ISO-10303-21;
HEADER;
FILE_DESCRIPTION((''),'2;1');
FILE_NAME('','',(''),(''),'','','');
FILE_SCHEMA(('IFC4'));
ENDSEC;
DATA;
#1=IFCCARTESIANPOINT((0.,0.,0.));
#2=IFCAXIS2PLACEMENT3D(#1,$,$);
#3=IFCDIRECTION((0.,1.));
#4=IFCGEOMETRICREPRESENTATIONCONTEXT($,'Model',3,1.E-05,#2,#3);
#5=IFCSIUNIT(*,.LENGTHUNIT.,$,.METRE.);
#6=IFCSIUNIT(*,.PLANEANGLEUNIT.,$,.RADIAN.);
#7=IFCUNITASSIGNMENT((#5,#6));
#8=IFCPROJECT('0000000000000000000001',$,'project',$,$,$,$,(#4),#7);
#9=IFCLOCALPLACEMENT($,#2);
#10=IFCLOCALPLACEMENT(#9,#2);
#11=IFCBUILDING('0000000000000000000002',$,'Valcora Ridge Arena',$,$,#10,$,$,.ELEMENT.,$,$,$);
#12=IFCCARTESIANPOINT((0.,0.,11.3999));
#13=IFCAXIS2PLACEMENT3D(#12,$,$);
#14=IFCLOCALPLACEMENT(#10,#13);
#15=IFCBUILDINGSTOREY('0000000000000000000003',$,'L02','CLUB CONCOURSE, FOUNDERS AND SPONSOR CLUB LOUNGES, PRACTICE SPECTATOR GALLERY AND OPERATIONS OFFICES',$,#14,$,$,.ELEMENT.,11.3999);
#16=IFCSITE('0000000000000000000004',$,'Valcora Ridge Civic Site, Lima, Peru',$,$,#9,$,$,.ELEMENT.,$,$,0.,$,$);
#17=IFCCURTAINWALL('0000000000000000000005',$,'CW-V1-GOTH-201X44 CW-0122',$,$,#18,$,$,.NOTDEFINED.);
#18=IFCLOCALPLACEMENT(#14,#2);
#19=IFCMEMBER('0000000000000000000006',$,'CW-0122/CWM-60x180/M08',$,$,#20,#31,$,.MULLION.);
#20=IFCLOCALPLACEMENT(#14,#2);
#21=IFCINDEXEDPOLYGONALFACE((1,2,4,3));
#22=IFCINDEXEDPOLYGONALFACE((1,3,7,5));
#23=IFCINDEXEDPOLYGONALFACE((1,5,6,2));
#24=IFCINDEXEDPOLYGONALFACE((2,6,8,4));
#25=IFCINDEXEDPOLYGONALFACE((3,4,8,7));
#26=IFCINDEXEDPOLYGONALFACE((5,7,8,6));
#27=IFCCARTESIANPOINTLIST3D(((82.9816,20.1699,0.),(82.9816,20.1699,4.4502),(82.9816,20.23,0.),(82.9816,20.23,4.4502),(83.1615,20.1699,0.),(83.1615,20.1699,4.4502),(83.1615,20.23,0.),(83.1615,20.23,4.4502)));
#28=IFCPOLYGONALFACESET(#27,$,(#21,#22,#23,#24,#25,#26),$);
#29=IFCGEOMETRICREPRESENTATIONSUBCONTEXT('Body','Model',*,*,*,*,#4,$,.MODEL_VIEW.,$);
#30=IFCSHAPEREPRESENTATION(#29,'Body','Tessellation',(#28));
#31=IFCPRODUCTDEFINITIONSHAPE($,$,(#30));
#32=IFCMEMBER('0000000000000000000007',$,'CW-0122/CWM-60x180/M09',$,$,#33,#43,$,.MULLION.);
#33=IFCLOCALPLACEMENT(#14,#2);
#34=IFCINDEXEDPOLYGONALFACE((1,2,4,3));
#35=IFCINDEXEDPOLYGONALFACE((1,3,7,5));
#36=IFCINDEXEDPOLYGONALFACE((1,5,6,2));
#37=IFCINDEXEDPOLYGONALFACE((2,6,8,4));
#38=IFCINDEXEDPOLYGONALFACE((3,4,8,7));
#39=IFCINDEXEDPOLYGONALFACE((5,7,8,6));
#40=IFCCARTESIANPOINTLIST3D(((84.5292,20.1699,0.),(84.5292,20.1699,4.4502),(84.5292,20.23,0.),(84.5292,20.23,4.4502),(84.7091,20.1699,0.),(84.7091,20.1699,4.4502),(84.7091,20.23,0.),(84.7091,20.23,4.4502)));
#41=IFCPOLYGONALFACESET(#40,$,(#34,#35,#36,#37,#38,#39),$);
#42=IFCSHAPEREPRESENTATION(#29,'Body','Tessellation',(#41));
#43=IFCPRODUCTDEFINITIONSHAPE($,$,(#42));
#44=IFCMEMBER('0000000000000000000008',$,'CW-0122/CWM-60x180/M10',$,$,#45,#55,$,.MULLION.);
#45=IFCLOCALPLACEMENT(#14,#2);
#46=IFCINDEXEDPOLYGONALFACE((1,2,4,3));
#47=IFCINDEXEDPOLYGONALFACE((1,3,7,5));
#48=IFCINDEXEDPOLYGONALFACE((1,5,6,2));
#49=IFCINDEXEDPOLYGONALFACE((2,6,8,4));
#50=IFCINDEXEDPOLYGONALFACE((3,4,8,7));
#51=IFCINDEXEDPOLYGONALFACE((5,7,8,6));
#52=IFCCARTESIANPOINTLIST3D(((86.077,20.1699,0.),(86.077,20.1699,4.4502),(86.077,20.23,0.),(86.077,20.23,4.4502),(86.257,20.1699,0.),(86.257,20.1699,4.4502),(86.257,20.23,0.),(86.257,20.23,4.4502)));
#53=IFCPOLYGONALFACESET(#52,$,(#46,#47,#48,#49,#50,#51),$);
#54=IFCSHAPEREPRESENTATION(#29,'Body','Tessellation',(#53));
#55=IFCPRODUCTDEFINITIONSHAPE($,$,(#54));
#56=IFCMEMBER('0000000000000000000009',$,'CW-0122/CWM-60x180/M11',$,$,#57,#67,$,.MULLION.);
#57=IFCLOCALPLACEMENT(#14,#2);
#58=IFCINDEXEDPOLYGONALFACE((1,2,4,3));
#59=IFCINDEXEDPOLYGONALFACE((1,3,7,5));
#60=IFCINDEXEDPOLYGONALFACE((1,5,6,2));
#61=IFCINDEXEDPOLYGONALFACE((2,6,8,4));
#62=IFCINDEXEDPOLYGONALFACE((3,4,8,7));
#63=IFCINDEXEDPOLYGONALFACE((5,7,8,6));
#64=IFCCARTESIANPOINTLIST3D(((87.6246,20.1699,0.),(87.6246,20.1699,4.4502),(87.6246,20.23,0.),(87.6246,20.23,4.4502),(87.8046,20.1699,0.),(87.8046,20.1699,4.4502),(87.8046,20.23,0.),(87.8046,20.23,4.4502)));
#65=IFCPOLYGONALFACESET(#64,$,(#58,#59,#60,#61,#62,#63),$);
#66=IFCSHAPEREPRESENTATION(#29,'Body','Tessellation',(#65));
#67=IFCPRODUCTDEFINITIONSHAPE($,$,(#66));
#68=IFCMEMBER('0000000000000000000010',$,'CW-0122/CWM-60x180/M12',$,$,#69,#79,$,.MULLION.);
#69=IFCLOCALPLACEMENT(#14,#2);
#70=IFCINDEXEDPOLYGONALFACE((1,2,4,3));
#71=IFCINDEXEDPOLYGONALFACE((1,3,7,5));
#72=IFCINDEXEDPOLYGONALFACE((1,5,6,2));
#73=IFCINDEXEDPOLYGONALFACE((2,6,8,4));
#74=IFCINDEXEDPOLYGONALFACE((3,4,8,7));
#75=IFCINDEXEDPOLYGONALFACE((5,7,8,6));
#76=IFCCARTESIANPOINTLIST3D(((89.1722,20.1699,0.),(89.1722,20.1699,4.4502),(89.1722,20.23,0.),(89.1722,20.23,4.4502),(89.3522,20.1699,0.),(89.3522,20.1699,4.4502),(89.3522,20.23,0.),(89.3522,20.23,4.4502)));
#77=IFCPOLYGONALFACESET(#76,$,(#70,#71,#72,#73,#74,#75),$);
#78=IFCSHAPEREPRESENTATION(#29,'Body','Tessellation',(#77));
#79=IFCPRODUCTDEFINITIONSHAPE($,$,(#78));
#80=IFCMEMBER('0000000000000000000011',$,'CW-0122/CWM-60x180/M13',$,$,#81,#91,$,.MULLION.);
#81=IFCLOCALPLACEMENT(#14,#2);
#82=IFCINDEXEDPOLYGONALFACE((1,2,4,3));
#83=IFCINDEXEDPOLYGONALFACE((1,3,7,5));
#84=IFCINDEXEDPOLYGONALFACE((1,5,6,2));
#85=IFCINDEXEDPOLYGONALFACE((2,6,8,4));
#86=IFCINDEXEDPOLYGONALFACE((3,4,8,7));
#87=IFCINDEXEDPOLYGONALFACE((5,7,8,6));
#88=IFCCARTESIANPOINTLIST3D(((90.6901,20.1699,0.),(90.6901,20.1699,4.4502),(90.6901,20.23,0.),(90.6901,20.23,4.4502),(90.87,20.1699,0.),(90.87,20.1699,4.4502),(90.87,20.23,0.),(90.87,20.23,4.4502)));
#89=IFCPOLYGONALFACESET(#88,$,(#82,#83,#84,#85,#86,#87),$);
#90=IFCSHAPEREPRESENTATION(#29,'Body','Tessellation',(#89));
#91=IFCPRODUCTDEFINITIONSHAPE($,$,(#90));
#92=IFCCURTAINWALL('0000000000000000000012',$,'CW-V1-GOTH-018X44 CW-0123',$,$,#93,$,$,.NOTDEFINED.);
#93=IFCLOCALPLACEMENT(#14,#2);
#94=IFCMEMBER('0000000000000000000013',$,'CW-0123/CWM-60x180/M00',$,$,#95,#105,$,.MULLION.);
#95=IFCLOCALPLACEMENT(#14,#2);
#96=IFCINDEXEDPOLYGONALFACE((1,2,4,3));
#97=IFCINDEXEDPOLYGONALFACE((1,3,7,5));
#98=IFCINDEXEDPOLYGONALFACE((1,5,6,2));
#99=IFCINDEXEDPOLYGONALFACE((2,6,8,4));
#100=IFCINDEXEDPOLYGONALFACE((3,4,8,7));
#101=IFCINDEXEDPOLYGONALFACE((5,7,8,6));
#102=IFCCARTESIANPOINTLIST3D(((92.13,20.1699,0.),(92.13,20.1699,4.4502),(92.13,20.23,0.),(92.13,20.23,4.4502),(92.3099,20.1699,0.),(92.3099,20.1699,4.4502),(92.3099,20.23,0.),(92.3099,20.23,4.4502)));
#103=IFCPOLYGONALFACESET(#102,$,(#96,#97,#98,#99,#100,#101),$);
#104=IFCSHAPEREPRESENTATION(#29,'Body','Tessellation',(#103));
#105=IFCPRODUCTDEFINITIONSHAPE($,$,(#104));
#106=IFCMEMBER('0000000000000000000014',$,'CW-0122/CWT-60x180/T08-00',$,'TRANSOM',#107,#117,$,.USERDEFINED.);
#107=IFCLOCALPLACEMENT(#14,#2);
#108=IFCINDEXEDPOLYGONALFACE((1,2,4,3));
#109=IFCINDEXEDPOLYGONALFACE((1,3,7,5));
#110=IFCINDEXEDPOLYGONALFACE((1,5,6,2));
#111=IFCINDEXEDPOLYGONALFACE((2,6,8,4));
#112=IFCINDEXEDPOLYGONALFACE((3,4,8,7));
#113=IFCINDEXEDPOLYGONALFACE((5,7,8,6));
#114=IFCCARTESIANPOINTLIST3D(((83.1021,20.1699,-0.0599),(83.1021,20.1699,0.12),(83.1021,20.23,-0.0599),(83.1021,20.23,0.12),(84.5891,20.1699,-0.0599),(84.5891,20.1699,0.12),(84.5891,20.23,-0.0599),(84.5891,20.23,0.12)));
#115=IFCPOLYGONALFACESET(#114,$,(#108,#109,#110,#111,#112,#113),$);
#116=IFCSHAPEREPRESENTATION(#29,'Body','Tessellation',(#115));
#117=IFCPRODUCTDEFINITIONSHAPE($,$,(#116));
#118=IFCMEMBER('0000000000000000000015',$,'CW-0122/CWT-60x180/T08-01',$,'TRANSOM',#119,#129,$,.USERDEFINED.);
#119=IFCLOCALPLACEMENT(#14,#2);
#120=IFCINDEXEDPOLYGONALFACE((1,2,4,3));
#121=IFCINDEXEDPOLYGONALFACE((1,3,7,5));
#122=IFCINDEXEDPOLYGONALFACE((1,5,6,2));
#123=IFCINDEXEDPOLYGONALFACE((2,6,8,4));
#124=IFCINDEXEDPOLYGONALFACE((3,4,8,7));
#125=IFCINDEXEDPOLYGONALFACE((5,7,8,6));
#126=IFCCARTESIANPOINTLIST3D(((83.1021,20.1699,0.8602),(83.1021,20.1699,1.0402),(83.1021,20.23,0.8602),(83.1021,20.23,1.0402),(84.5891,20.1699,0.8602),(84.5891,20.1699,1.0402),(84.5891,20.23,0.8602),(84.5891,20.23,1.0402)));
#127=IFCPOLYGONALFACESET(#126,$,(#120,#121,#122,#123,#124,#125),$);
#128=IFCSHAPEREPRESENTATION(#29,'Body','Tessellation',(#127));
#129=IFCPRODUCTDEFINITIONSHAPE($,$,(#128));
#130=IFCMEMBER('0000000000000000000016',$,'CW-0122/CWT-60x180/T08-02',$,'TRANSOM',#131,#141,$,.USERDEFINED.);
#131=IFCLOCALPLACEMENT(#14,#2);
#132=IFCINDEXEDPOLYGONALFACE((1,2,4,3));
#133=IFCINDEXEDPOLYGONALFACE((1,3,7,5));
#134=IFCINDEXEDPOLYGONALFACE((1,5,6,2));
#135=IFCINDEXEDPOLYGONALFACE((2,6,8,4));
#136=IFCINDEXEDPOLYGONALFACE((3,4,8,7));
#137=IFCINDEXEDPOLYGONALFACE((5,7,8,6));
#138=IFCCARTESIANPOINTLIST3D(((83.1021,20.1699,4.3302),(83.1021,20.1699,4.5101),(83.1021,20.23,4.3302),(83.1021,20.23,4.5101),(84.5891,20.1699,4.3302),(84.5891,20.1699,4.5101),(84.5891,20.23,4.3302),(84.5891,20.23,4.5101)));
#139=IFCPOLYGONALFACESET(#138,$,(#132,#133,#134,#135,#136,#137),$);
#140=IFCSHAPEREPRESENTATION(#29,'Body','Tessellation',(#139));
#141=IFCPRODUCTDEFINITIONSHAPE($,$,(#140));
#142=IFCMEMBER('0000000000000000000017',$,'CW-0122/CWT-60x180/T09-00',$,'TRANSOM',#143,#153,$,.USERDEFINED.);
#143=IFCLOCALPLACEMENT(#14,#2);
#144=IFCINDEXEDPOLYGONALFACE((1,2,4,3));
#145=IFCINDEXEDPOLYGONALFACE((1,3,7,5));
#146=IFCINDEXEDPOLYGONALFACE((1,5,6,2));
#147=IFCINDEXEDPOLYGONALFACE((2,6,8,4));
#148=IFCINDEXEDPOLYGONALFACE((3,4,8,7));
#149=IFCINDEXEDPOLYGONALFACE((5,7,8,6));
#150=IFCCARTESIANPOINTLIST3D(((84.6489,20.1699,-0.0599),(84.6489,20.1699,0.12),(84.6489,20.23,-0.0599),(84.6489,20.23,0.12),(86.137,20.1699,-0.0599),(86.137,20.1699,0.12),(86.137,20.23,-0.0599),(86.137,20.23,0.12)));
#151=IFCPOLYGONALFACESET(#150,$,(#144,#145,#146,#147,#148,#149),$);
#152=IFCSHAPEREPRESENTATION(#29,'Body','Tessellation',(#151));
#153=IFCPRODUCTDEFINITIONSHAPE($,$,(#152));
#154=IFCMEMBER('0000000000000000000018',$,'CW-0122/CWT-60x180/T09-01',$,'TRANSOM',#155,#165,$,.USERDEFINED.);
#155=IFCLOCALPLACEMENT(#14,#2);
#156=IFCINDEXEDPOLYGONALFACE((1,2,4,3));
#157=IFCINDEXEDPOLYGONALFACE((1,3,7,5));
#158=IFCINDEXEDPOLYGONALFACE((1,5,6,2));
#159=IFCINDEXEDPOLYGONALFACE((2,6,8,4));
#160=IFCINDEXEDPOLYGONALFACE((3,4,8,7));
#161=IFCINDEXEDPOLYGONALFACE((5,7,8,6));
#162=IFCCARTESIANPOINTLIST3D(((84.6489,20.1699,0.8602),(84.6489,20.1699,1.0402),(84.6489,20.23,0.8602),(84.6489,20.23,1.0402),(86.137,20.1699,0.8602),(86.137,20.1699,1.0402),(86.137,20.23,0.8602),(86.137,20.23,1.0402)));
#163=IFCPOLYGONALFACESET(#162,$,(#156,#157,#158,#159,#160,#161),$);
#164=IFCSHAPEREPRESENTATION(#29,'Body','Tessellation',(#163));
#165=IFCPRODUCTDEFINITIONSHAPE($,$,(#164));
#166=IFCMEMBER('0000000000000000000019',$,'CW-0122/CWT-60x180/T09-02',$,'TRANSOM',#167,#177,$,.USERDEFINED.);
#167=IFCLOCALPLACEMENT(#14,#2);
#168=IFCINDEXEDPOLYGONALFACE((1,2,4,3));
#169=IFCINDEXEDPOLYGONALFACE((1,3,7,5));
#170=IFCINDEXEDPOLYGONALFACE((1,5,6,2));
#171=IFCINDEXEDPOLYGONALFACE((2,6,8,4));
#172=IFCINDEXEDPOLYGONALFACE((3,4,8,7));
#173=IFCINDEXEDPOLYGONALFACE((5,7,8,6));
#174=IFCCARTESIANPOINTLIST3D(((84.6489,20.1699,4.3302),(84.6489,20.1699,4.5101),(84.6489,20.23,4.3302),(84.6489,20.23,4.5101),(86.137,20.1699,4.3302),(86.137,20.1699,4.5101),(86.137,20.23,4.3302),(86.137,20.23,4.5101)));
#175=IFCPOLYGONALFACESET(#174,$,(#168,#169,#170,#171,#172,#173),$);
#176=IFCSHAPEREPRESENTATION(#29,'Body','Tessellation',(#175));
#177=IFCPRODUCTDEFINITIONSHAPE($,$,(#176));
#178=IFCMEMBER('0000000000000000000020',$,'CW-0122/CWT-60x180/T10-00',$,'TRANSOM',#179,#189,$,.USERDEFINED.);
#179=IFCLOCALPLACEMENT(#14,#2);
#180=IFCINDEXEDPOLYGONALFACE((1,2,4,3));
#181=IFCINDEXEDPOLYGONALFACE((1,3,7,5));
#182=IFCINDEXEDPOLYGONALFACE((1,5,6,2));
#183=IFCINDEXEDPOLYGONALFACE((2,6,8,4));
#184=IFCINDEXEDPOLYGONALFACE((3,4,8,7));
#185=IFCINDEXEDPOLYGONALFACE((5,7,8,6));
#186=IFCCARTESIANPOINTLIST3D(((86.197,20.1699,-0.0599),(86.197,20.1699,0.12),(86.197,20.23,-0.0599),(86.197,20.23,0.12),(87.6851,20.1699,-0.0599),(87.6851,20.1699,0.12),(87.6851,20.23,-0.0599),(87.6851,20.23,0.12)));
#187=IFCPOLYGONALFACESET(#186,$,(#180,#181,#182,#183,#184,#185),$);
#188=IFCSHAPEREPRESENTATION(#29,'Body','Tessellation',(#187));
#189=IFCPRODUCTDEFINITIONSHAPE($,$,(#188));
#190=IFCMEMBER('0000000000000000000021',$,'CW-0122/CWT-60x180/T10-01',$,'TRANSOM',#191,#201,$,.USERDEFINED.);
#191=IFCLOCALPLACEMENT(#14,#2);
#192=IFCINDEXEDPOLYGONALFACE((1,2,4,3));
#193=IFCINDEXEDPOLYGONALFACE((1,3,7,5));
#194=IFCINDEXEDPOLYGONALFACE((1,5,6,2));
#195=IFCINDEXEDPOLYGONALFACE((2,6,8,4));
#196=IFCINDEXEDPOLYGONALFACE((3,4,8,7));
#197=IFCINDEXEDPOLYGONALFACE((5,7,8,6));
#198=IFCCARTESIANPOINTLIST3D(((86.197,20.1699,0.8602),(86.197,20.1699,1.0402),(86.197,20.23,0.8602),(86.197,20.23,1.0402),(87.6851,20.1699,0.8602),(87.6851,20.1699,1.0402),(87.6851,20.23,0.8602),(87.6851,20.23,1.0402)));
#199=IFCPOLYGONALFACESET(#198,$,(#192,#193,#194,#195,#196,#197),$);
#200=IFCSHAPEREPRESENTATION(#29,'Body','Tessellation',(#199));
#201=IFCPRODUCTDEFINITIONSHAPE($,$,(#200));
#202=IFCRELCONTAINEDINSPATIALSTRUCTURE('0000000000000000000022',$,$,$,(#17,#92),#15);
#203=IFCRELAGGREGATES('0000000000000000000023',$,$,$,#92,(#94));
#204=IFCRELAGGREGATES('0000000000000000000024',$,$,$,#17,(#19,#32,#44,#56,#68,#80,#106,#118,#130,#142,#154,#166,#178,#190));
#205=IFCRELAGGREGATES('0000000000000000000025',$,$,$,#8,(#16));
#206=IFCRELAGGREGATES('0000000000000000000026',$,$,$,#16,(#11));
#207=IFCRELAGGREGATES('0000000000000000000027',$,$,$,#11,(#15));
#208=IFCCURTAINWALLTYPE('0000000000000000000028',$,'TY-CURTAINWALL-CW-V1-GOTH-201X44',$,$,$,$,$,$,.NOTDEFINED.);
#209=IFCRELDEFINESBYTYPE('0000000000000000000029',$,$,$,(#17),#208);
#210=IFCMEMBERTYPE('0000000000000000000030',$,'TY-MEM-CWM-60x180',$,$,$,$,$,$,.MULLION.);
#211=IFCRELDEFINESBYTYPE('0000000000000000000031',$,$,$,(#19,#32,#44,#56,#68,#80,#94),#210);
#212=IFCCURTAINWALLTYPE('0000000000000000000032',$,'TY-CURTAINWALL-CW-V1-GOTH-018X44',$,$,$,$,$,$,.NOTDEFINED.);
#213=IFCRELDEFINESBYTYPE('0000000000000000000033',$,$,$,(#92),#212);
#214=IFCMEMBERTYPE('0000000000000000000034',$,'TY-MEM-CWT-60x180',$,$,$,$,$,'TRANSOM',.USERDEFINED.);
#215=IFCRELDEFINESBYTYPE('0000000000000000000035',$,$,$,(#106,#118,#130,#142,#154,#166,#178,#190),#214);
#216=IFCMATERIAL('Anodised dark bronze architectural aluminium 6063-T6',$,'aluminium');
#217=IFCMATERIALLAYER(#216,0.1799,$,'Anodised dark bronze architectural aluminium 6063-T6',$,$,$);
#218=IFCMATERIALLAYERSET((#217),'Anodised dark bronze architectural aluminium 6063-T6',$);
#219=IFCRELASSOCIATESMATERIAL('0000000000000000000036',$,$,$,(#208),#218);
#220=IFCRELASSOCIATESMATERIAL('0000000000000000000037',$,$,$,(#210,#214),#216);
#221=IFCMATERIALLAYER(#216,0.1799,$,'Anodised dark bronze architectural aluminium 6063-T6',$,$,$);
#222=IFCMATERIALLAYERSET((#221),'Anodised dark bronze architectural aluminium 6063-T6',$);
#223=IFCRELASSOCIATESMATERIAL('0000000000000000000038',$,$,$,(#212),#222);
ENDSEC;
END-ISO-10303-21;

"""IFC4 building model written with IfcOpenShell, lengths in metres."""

from ifc_helpers import new_model, si_unit, direction, frame, origin, origin_2d, place, context, subcontext, project, spatial, rectangle, extrude, material, layer, layer_set, material_profile, profile_set, type_object, element, aggregate, save


model = new_model("IFC4")

# Units and contexts
model_context = context("Model", 3, precision=1e-05, world=origin(), true_north=direction((0.0, 1.0)))
body_context = subcontext(model_context, "Body", "Model", "MODEL_VIEW")
ifc_project = project(units=[si_unit("LENGTHUNIT", "METRE"), si_unit("PLANEANGLEUNIT", "RADIAN")], contexts=[model_context])

# Site, building, storey
site_placement = place(None, origin())
site = spatial("IfcSite", under=ifc_project, at=site_placement, Name="Valcora Ridge Civic Site, Lima, Peru", CompositionType="ELEMENT", RefElevation=0.0)
building_placement = place(site_placement, origin())
building = spatial("IfcBuilding", under=site, at=building_placement, Name="Valcora Ridge Arena", CompositionType="ELEMENT")
storey_placement = place(building_placement, frame((0.0, 0.0, 11.3999)))
storey = spatial("IfcBuildingStorey", under=building, at=storey_placement, Name="L02", Description="CLUB CONCOURSE, FOUNDERS AND SPONSOR CLUB LOUNGES, PRACTICE SPECTATOR GALLERY AND OPERATIONS OFFICES", CompositionType="ELEMENT", Elevation=11.3999)

# Curtain wall, members
ifc_material_1 = material(Name="Anodised dark bronze architectural aluminium 6063-T6", Category="aluminium")
ifc_layer_1 = layer(ifc_material_1, 0.1799, Name="Anodised dark bronze architectural aluminium 6063-T6")
ifc_layer_set_1 = layer_set([ifc_layer_1], Name="Anodised dark bronze architectural aluminium 6063-T6")
curtain_wall_type_1 = type_object("IfcCurtainWallType", Name="TY-CURTAINWALL-CW-V1-GOTH-201X44", PredefinedType="NOTDEFINED", material=ifc_layer_set_1)
curtain_wall_1_placement = place(storey_placement, origin())
curtain_wall_1 = element("IfcCurtainWall", 1, at=curtain_wall_1_placement, inside=storey, type_object=curtain_wall_type_1, Name="CW-V1-GOTH-201X44 CW-0122", PredefinedType="NOTDEFINED")
ifc_material_profile_1 = material_profile(ifc_material_1, rectangle(XDim=0.0601, YDim=0.1799, at=origin_2d()), Name="ALU MULLION 60x180")
ifc_profile_set_1 = profile_set([ifc_material_profile_1], Name="Anodised dark bronze architectural aluminium 6063-T6")
member_type_1 = type_object("IfcMemberType", Name="TY-MEM-CWM-60x180", PredefinedType="MULLION", material=ifc_profile_set_1)
member_1_placement = place(storey_placement, frame((83.0715, 20.2, 0.0), z_axis=(0.0, 0.0, 1.0), x_axis=(0.0, 1.0, 0.0)))
member_1 = element("IfcMember", 2, at=member_1_placement, type_object=member_type_1, Name="CW-0122/CWM-60x180/M08", PredefinedType="MULLION", context=body_context, shape_type="SweptSolid", body=[
    extrude(rectangle(XDim=0.0601, YDim=0.1799, at=origin_2d()), origin(), (0.0, 0.0, 1.0), 4.4502),
])
member_2_placement = place(storey_placement, frame((84.6191, 20.2, 0.0), z_axis=(0.0, 0.0, 1.0), x_axis=(0.0, 1.0, 0.0)))
member_2 = element("IfcMember", 3, at=member_2_placement, type_object=member_type_1, Name="CW-0122/CWM-60x180/M09", PredefinedType="MULLION", context=body_context, shape_type="SweptSolid", body=[
    extrude(rectangle(XDim=0.0601, YDim=0.1799, at=origin_2d()), origin(), (0.0, 0.0, 1.0), 4.4502),
])
member_3_placement = place(storey_placement, frame((86.167, 20.2, 0.0), z_axis=(0.0, 0.0, 1.0), x_axis=(0.0, 1.0, 0.0)))
member_3 = element("IfcMember", 4, at=member_3_placement, type_object=member_type_1, Name="CW-0122/CWM-60x180/M10", PredefinedType="MULLION", context=body_context, shape_type="SweptSolid", body=[
    extrude(rectangle(XDim=0.0601, YDim=0.1799, at=origin_2d()), origin(), (0.0, 0.0, 1.0), 4.4502),
])
member_4_placement = place(storey_placement, frame((87.7146, 20.2, 0.0), z_axis=(0.0, 0.0, 1.0), x_axis=(0.0, 1.0, 0.0)))
member_4 = element("IfcMember", 5, at=member_4_placement, type_object=member_type_1, Name="CW-0122/CWM-60x180/M11", PredefinedType="MULLION", context=body_context, shape_type="SweptSolid", body=[
    extrude(rectangle(XDim=0.0601, YDim=0.1799, at=origin_2d()), origin(), (0.0, 0.0, 1.0), 4.4502),
])
member_5_placement = place(storey_placement, frame((89.2622, 20.2, 0.0), z_axis=(0.0, 0.0, 1.0), x_axis=(0.0, 1.0, 0.0)))
member_5 = element("IfcMember", 6, at=member_5_placement, type_object=member_type_1, Name="CW-0122/CWM-60x180/M12", PredefinedType="MULLION", context=body_context, shape_type="SweptSolid", body=[
    extrude(rectangle(XDim=0.0601, YDim=0.1799, at=origin_2d()), origin(), (0.0, 0.0, 1.0), 4.4502),
])
member_6_placement = place(storey_placement, frame((90.78, 20.2, 0.0), z_axis=(0.0, 0.0, 1.0), x_axis=(0.0, 1.0, 0.0)))
member_6 = element("IfcMember", 7, at=member_6_placement, type_object=member_type_1, Name="CW-0122/CWM-60x180/M13", PredefinedType="MULLION", context=body_context, shape_type="SweptSolid", body=[
    extrude(rectangle(XDim=0.0601, YDim=0.1799, at=origin_2d()), origin(), (0.0, 0.0, 1.0), 4.4502),
])

# Curtain wall, member
ifc_layer_2 = layer(ifc_material_1, 0.1799, Name="Anodised dark bronze architectural aluminium 6063-T6")
ifc_layer_set_2 = layer_set([ifc_layer_2], Name="Anodised dark bronze architectural aluminium 6063-T6")
curtain_wall_type_2 = type_object("IfcCurtainWallType", Name="TY-CURTAINWALL-CW-V1-GOTH-018X44", PredefinedType="NOTDEFINED", material=ifc_layer_set_2)
curtain_wall_2_placement = place(storey_placement, origin())
curtain_wall_2 = element("IfcCurtainWall", 8, at=curtain_wall_2_placement, inside=storey, type_object=curtain_wall_type_2, Name="CW-V1-GOTH-018X44 CW-0123", PredefinedType="NOTDEFINED")
member_7_placement = place(storey_placement, frame((92.22, 20.2, 0.0), z_axis=(0.0, 0.0, 1.0), x_axis=(0.0, 1.0, 0.0)))
member_7 = element("IfcMember", 9, at=member_7_placement, type_object=member_type_1, Name="CW-0123/CWM-60x180/M00", PredefinedType="MULLION", context=body_context, shape_type="SweptSolid", body=[
    extrude(rectangle(XDim=0.0601, YDim=0.1799, at=origin_2d()), origin(), (0.0, 0.0, 1.0), 4.4502),
])

# Members
ifc_material_profile_2 = material_profile(ifc_material_1, rectangle(XDim=0.0601, YDim=0.1799, at=origin_2d()), Name="ALU TRANSOM 60x180")
ifc_profile_set_2 = profile_set([ifc_material_profile_2], Name="Anodised dark bronze architectural aluminium 6063-T6")
member_type_2 = type_object("IfcMemberType", Name="TY-MEM-CWT-60x180", ElementType="TRANSOM", PredefinedType="USERDEFINED", material=ifc_profile_set_2)
member_8_placement = place(storey_placement, frame((83.1021, 20.2, 0.03), z_axis=(1.0, 0.0, 0.0), x_axis=(0.0, 1.0, 0.0)))
member_8 = element("IfcMember", 10, at=member_8_placement, type_object=member_type_2, Name="CW-0122/CWT-60x180/T08-00", ObjectType="TRANSOM", PredefinedType="USERDEFINED", context=body_context, shape_type="SweptSolid", body=[
    extrude(rectangle(XDim=0.0601, YDim=0.1799, at=origin_2d()), origin(), (0.0, 0.0, 1.0), 1.4871),
])
member_9_placement = place(storey_placement, frame((83.1021, 20.2, 0.9502), z_axis=(1.0, 0.0, 0.0), x_axis=(0.0, 1.0, 0.0)))
member_9 = element("IfcMember", 11, at=member_9_placement, type_object=member_type_2, Name="CW-0122/CWT-60x180/T08-01", ObjectType="TRANSOM", PredefinedType="USERDEFINED", context=body_context, shape_type="SweptSolid", body=[
    extrude(rectangle(XDim=0.0601, YDim=0.1799, at=origin_2d()), origin(), (0.0, 0.0, 1.0), 1.4871),
])
member_10_placement = place(storey_placement, frame((83.1021, 20.2, 4.4202), z_axis=(1.0, 0.0, 0.0), x_axis=(0.0, 1.0, 0.0)))
member_10 = element("IfcMember", 12, at=member_10_placement, type_object=member_type_2, Name="CW-0122/CWT-60x180/T08-02", ObjectType="TRANSOM", PredefinedType="USERDEFINED", context=body_context, shape_type="SweptSolid", body=[
    extrude(rectangle(XDim=0.0601, YDim=0.1799, at=origin_2d()), origin(), (0.0, 0.0, 1.0), 1.4871),
])
member_11_placement = place(storey_placement, frame((84.6489, 20.2, 0.03), z_axis=(1.0, 0.0, 0.0), x_axis=(0.0, 1.0, 0.0)))
member_11 = element("IfcMember", 13, at=member_11_placement, type_object=member_type_2, Name="CW-0122/CWT-60x180/T09-00", ObjectType="TRANSOM", PredefinedType="USERDEFINED", context=body_context, shape_type="SweptSolid", body=[
    extrude(rectangle(XDim=0.0601, YDim=0.1799, at=origin_2d()), origin(), (0.0, 0.0, 1.0), 1.488),
])
member_12_placement = place(storey_placement, frame((84.6489, 20.2, 0.9502), z_axis=(1.0, 0.0, 0.0), x_axis=(0.0, 1.0, 0.0)))
member_12 = element("IfcMember", 14, at=member_12_placement, type_object=member_type_2, Name="CW-0122/CWT-60x180/T09-01", ObjectType="TRANSOM", PredefinedType="USERDEFINED", context=body_context, shape_type="SweptSolid", body=[
    extrude(rectangle(XDim=0.0601, YDim=0.1799, at=origin_2d()), origin(), (0.0, 0.0, 1.0), 1.488),
])
member_13_placement = place(storey_placement, frame((84.6489, 20.2, 4.4202), z_axis=(1.0, 0.0, 0.0), x_axis=(0.0, 1.0, 0.0)))
member_13 = element("IfcMember", 15, at=member_13_placement, type_object=member_type_2, Name="CW-0122/CWT-60x180/T09-02", ObjectType="TRANSOM", PredefinedType="USERDEFINED", context=body_context, shape_type="SweptSolid", body=[
    extrude(rectangle(XDim=0.0601, YDim=0.1799, at=origin_2d()), origin(), (0.0, 0.0, 1.0), 1.488),
])
member_14_placement = place(storey_placement, frame((86.197, 20.2, 0.03), z_axis=(1.0, 0.0, 0.0), x_axis=(0.0, 1.0, 0.0)))
member_14 = element("IfcMember", 16, at=member_14_placement, type_object=member_type_2, Name="CW-0122/CWT-60x180/T10-00", ObjectType="TRANSOM", PredefinedType="USERDEFINED", context=body_context, shape_type="SweptSolid", body=[
    extrude(rectangle(XDim=0.0601, YDim=0.1799, at=origin_2d()), origin(), (0.0, 0.0, 1.0), 1.488),
])
member_15_placement = place(storey_placement, frame((86.197, 20.2, 0.9502), z_axis=(1.0, 0.0, 0.0), x_axis=(0.0, 1.0, 0.0)))
member_15 = element("IfcMember", 17, at=member_15_placement, type_object=member_type_2, Name="CW-0122/CWT-60x180/T10-01", ObjectType="TRANSOM", PredefinedType="USERDEFINED", context=body_context, shape_type="SweptSolid", body=[
    extrude(rectangle(XDim=0.0601, YDim=0.1799, at=origin_2d()), origin(), (0.0, 0.0, 1.0), 1.488),
])
aggregate(curtain_wall_2, [member_7])

aggregate(curtain_wall_1, [member_1, member_2, member_3, member_4, member_5, member_6, member_8, member_9, member_10, member_11, member_12, member_13, member_14, member_15])

save(model, "model.ifc")
